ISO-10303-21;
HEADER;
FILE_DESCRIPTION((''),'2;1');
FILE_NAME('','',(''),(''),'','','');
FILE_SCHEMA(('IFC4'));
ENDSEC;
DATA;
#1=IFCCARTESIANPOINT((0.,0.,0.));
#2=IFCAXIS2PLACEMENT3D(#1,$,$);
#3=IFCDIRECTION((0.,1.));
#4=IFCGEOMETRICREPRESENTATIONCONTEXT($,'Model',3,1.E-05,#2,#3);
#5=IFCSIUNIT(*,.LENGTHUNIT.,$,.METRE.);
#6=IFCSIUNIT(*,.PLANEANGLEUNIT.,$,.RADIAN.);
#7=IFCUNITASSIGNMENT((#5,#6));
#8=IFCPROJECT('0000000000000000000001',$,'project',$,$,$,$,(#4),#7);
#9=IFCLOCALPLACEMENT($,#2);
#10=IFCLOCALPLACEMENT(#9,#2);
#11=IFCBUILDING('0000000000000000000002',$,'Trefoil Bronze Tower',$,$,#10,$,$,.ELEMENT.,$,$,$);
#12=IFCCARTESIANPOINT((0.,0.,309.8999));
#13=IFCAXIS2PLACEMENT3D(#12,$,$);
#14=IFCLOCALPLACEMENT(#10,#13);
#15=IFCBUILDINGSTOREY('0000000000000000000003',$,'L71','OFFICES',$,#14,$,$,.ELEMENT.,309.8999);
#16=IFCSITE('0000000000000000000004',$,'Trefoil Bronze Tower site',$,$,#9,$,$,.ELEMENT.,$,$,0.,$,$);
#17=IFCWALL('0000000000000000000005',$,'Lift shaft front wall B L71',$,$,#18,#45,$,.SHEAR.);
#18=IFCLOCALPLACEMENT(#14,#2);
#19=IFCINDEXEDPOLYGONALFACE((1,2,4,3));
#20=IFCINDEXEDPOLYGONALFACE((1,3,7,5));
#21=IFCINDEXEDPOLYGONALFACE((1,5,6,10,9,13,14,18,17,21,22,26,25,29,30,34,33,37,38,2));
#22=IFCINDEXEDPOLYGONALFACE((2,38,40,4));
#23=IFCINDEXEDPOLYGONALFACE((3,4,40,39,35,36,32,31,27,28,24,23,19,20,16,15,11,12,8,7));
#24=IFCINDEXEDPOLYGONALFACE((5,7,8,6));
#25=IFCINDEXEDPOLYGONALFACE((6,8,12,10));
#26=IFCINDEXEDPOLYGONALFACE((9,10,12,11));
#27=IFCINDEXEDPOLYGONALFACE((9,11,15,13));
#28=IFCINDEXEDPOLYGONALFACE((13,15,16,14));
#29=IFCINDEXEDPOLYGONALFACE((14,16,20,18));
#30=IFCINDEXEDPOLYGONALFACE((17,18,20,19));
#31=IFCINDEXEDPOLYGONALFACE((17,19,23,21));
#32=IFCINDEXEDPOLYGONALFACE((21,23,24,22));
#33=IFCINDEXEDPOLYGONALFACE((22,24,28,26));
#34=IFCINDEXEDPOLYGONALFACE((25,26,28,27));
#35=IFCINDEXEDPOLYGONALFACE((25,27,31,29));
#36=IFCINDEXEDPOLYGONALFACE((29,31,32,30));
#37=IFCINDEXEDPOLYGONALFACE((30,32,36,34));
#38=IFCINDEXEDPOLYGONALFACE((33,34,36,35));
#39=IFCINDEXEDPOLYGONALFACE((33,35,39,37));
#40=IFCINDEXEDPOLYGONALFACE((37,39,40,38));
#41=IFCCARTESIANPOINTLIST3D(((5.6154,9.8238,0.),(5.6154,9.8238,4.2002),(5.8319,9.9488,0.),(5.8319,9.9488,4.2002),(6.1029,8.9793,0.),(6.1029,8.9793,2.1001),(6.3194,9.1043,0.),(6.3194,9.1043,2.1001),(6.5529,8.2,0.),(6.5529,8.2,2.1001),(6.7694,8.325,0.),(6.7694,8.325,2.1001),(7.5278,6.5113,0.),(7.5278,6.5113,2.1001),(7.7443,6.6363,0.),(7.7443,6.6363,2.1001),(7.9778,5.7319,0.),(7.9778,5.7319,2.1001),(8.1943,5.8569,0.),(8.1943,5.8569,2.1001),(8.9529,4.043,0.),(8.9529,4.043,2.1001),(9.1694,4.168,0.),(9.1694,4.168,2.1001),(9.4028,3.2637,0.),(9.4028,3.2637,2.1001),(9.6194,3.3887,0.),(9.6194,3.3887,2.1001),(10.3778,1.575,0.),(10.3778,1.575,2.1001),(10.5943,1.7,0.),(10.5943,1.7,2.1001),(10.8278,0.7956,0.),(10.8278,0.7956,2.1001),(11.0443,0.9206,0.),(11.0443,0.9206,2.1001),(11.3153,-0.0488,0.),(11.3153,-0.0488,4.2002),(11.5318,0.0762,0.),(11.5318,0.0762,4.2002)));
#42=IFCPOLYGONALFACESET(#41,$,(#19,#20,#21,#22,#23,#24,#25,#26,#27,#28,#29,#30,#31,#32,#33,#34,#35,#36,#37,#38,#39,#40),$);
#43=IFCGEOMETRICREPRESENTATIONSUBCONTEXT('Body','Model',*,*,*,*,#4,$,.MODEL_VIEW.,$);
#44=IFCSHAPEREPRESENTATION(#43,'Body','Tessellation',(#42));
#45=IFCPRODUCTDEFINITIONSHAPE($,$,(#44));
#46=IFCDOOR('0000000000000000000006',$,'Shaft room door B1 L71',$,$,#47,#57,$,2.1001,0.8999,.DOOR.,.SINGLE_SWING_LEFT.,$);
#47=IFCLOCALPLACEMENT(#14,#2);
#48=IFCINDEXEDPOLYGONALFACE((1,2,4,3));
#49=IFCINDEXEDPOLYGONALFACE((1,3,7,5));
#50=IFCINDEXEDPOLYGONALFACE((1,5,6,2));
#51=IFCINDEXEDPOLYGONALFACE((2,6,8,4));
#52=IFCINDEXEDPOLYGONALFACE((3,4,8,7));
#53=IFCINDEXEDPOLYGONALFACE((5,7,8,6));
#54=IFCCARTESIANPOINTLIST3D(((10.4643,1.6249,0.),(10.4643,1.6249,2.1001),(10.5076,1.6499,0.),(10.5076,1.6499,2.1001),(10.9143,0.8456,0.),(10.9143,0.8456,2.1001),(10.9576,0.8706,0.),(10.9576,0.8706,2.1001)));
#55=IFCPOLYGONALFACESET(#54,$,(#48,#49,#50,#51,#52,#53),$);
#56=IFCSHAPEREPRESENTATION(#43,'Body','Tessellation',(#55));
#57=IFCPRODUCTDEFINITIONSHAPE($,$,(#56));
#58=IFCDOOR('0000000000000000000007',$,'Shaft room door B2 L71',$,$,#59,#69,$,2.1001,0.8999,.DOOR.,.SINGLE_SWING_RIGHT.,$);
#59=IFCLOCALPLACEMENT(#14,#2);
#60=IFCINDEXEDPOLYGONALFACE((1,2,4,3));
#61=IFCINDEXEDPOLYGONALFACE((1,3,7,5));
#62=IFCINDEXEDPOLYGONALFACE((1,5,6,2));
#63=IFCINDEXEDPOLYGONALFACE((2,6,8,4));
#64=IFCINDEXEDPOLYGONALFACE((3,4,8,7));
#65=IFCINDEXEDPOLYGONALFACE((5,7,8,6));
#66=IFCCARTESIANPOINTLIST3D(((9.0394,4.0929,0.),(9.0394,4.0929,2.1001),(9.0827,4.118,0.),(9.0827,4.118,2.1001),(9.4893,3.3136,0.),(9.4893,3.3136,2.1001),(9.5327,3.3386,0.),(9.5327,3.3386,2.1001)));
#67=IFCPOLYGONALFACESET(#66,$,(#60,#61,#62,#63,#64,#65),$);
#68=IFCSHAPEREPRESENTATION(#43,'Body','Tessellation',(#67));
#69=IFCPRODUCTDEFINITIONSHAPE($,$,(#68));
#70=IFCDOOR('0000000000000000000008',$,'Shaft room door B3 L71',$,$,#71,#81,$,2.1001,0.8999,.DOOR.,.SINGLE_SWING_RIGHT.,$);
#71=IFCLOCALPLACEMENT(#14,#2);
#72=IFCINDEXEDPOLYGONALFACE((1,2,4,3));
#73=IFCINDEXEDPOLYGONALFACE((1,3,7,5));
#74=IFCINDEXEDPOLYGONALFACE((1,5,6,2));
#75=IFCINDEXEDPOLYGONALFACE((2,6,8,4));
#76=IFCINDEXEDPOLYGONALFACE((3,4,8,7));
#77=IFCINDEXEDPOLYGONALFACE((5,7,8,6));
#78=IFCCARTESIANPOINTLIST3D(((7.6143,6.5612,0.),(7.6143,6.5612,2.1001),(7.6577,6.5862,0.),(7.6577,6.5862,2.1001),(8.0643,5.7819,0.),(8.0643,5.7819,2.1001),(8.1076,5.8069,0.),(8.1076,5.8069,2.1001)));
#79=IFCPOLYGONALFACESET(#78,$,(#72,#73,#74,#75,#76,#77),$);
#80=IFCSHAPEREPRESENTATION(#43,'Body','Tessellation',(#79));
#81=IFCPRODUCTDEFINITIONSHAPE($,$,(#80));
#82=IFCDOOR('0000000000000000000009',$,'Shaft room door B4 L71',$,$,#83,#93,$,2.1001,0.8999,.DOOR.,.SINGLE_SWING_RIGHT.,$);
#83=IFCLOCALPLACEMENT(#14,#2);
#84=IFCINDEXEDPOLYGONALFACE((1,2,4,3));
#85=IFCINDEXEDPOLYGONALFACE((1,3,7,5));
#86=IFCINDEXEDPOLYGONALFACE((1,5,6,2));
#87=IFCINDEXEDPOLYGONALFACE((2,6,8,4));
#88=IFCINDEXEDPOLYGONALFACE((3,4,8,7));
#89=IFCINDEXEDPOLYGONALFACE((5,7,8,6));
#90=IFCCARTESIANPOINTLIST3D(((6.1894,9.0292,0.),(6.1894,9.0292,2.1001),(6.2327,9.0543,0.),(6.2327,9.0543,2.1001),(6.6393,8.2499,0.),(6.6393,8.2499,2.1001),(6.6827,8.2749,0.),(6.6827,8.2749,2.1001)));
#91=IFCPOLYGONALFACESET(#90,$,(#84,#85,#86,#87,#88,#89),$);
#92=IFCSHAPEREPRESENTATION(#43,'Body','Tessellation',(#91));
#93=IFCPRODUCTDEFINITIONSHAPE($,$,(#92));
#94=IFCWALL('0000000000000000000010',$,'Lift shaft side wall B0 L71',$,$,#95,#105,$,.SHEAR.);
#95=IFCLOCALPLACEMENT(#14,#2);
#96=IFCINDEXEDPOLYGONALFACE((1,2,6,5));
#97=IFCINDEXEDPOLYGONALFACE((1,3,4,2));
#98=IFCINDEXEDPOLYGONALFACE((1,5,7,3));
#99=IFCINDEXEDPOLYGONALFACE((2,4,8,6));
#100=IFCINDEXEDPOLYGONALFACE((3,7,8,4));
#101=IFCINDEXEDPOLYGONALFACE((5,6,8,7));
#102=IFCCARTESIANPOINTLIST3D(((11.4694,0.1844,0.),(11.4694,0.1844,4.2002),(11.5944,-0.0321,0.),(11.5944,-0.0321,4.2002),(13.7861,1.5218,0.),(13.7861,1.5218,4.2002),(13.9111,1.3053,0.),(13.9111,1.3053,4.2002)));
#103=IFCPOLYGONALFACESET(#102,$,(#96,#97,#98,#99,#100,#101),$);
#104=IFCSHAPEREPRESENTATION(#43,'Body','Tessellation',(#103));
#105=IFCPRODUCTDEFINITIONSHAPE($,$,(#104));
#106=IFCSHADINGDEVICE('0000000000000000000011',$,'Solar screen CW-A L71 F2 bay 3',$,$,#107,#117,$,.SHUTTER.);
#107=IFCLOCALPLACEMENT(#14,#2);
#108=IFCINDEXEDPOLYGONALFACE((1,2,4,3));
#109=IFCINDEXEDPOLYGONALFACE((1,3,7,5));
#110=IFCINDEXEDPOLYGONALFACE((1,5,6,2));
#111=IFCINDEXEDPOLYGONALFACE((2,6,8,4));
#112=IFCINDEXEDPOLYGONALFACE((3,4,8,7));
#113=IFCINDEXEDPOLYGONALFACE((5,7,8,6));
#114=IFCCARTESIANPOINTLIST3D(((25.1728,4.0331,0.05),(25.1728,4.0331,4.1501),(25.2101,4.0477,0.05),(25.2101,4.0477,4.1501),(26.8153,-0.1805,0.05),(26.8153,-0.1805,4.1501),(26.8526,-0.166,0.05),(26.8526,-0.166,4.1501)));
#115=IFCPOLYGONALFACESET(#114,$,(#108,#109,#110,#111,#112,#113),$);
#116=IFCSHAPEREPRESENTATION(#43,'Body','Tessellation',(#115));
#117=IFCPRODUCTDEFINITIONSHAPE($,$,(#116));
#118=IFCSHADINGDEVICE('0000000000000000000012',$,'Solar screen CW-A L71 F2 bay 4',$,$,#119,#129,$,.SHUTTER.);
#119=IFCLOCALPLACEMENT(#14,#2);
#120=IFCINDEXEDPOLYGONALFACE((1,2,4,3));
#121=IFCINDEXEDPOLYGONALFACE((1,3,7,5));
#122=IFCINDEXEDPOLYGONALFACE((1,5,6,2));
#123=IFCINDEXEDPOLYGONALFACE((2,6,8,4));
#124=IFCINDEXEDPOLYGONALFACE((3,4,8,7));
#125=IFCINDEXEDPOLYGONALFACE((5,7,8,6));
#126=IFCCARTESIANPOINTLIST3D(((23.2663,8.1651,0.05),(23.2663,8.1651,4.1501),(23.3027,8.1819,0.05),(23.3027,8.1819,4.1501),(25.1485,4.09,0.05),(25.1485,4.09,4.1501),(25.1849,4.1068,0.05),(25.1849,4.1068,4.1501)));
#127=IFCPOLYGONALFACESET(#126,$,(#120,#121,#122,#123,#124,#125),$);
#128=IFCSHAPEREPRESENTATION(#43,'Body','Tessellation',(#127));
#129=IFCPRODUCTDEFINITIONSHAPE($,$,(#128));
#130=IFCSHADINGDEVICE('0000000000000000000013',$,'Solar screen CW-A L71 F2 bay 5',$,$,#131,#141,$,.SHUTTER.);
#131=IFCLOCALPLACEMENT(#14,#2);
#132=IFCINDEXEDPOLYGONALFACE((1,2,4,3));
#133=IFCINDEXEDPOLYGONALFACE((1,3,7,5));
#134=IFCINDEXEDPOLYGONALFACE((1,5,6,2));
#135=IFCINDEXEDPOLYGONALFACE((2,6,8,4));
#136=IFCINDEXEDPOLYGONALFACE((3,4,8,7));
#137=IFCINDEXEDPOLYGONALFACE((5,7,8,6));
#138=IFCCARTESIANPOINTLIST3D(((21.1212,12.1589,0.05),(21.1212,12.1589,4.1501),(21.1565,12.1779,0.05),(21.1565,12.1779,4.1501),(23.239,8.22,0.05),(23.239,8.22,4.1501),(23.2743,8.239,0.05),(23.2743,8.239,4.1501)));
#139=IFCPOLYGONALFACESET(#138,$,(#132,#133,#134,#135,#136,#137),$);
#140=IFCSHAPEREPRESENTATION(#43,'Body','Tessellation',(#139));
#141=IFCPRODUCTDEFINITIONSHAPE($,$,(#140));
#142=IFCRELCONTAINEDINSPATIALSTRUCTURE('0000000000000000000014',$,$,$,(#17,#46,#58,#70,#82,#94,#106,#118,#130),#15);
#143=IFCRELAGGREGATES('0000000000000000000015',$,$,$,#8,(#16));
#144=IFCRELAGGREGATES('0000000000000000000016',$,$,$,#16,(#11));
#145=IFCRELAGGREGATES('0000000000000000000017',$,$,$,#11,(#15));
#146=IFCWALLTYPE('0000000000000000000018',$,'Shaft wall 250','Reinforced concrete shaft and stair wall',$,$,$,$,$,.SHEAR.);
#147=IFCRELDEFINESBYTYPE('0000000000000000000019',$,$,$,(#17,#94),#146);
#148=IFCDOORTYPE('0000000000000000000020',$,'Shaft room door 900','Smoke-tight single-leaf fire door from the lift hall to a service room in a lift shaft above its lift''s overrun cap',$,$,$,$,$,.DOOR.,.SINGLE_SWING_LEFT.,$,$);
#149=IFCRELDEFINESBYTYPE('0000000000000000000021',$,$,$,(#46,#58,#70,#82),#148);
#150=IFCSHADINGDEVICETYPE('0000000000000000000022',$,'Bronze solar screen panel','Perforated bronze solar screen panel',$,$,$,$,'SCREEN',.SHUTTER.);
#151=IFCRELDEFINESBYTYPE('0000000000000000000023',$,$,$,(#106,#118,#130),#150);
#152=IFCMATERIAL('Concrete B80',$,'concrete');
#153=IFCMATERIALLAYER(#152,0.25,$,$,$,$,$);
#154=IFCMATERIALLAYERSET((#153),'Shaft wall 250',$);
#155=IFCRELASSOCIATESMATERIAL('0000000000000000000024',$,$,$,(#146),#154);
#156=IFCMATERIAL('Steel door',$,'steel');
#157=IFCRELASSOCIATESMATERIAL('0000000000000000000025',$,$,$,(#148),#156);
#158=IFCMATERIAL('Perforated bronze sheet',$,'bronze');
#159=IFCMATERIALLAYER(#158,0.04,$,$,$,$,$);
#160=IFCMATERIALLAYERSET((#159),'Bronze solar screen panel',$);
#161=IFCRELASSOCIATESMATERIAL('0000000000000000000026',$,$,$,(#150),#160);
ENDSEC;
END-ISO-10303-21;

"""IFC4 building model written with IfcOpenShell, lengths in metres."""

from ifc_helpers import new_model, si_unit, direction, frame, frame_2d, origin, origin_2d, place, context, subcontext, project, spatial, rectangle, extrude, material, layer, layer_set, type_object, element, fill, save


model = new_model("IFC4")

# Units and contexts
model_context = context("Model", 3, precision=1e-05, world=origin(), true_north=direction((0.0, 1.0)))
body_context = subcontext(model_context, "Body", "Model", "MODEL_VIEW")
ifc_project = project(units=[si_unit("LENGTHUNIT", "METRE"), si_unit("PLANEANGLEUNIT", "RADIAN")], contexts=[model_context])

# Site, building, storey
site_placement = place(None, origin())
site = spatial("IfcSite", under=ifc_project, at=site_placement, Name="Trefoil Bronze Tower site", CompositionType="ELEMENT", RefElevation=0.0)
building_placement = place(site_placement, origin())
building = spatial("IfcBuilding", under=site, at=building_placement, Name="Trefoil Bronze Tower", CompositionType="ELEMENT")
storey_placement = place(building_placement, frame((0.0, 0.0, 309.8999)))
storey = spatial("IfcBuildingStorey", under=building, at=storey_placement, Name="L71", Description="OFFICES", CompositionType="ELEMENT", Elevation=309.8999)

# Wall, openings, doors
ifc_material_1 = material(Name="Concrete B80", Category="concrete")
ifc_layer_1 = layer(ifc_material_1, 0.25)
ifc_layer_set_1 = layer_set([ifc_layer_1], Name="Shaft wall 250")
wall_type_1 = type_object("IfcWallType", Name="Shaft wall 250", Description="Reinforced concrete shaft and stair wall", PredefinedType="SHEAR", material=ifc_layer_set_1)
wall_1_placement = place(storey_placement, frame((11.4236, 0.0137, 0.0), z_axis=(0.0, 0.0, 1.0), x_axis=(-0.500002, 0.866024, 0.0)))
wall_1 = element("IfcWall", 1, at=wall_1_placement, inside=storey, type_object=wall_type_1, Name="Lift shaft front wall B L71", PredefinedType="SHEAR", context=body_context, shape_type="SweptSolid", body=[
    extrude(rectangle(XDim=11.3999, YDim=0.25, at=frame_2d((5.7, 0.0))), origin(), (0.0, 0.0, 1.0), 4.2002),
])
opening_1_placement = place(wall_1_placement, frame((0.9751, 0.0, 0.0)))
opening_1 = element("IfcOpeningElement", 2, at=opening_1_placement, cuts=wall_1, PredefinedType="OPENING", context=body_context, shape_type="SweptSolid", body=[
    extrude(rectangle(XDim=0.8999, YDim=2.1001, at=frame_2d((0.45, 1.05))), frame((0.0, 0.135, 0.0), z_axis=(0.0, -1.0, 0.0), x_axis=(1.0, 0.0, 0.0)), (0.0, 0.0, 1.0), 0.27),
])
opening_2_placement = place(wall_1_placement, frame((3.825, 0.0, 0.0)))
opening_2 = element("IfcOpeningElement", 3, at=opening_2_placement, cuts=wall_1, PredefinedType="OPENING", context=body_context, shape_type="SweptSolid", body=[
    extrude(rectangle(XDim=0.8999, YDim=2.1001, at=frame_2d((0.45, 1.05))), frame((0.0, 0.135, 0.0), z_axis=(0.0, -1.0, 0.0), x_axis=(1.0, 0.0, 0.0)), (0.0, 0.0, 1.0), 0.27),
])
opening_3_placement = place(wall_1_placement, frame((6.675, 0.0, 0.0)))
opening_3 = element("IfcOpeningElement", 4, at=opening_3_placement, cuts=wall_1, PredefinedType="OPENING", context=body_context, shape_type="SweptSolid", body=[
    extrude(rectangle(XDim=0.8999, YDim=2.1001, at=frame_2d((0.45, 1.05))), frame((0.0, 0.135, 0.0), z_axis=(0.0, -1.0, 0.0), x_axis=(1.0, 0.0, 0.0)), (0.0, 0.0, 1.0), 0.27),
])
opening_4_placement = place(wall_1_placement, frame((9.5249, 0.0, 0.0)))
opening_4 = element("IfcOpeningElement", 5, at=opening_4_placement, cuts=wall_1, PredefinedType="OPENING", context=body_context, shape_type="SweptSolid", body=[
    extrude(rectangle(XDim=0.8999, YDim=2.1001, at=frame_2d((0.45, 1.05))), frame((0.0, 0.135, 0.0), z_axis=(0.0, -1.0, 0.0), x_axis=(1.0, 0.0, 0.0)), (0.0, 0.0, 1.0), 0.27),
])
ifc_material_2 = material(Name="Steel door", Category="steel")
door_type_1 = type_object("IfcDoorType", Name="Shaft room door 900", Description="Smoke-tight single-leaf fire door from the lift hall to a service room in a lift shaft above its lift's overrun cap", OperationType="SINGLE_SWING_LEFT", PredefinedType="DOOR", material=ifc_material_2)
door_1_placement = place(opening_1_placement, frame((0.8999, 0.0, 0.0), z_axis=(0.0, 0.0, 1.0), x_axis=(-1.0, 0.0, 0.0)))
door_1 = element("IfcDoor", 6, at=door_1_placement, inside=storey, type_object=door_type_1, Name="Shaft room door B1 L71", OperationType="SINGLE_SWING_LEFT", OverallHeight=2.1001, OverallWidth=0.8999, PredefinedType="DOOR", context=body_context, shape_type="SweptSolid", body=[
    extrude(rectangle(XDim=0.8999, YDim=2.1001, at=frame_2d((0.45, 1.05))), frame((0.0, 0.0249, 0.0), z_axis=(0.0, -1.0, 0.0), x_axis=(1.0, 0.0, 0.0)), (0.0, 0.0, 1.0), 0.05),
])
fill(opening_1, door_1)
door_2_placement = place(opening_2_placement, frame((0.8999, 0.0, 0.0), z_axis=(0.0, 0.0, 1.0), x_axis=(-1.0, 0.0, 0.0)))
door_2 = element("IfcDoor", 7, at=door_2_placement, inside=storey, type_object=door_type_1, Name="Shaft room door B2 L71", OperationType="SINGLE_SWING_RIGHT", OverallHeight=2.1001, OverallWidth=0.8999, PredefinedType="DOOR", context=body_context, shape_type="SweptSolid", body=[
    extrude(rectangle(XDim=0.8999, YDim=2.1001, at=frame_2d((0.45, 1.05))), frame((0.0, 0.0249, 0.0), z_axis=(0.0, -1.0, 0.0), x_axis=(1.0, 0.0, 0.0)), (0.0, 0.0, 1.0), 0.05),
])
fill(opening_2, door_2)
door_3_placement = place(opening_3_placement, frame((0.8999, 0.0, 0.0), z_axis=(0.0, 0.0, 1.0), x_axis=(-1.0, 0.0, 0.0)))
door_3 = element("IfcDoor", 8, at=door_3_placement, inside=storey, type_object=door_type_1, Name="Shaft room door B3 L71", OperationType="SINGLE_SWING_RIGHT", OverallHeight=2.1001, OverallWidth=0.8999, PredefinedType="DOOR", context=body_context, shape_type="SweptSolid", body=[
    extrude(rectangle(XDim=0.8999, YDim=2.1001, at=frame_2d((0.45, 1.05))), frame((0.0, 0.0249, 0.0), z_axis=(0.0, -1.0, 0.0), x_axis=(1.0, 0.0, 0.0)), (0.0, 0.0, 1.0), 0.05),
])
fill(opening_3, door_3)
door_4_placement = place(opening_4_placement, frame((0.8999, 0.0, 0.0), z_axis=(0.0, 0.0, 1.0), x_axis=(-1.0, 0.0, 0.0)))
door_4 = element("IfcDoor", 9, at=door_4_placement, inside=storey, type_object=door_type_1, Name="Shaft room door B4 L71", OperationType="SINGLE_SWING_RIGHT", OverallHeight=2.1001, OverallWidth=0.8999, PredefinedType="DOOR", context=body_context, shape_type="SweptSolid", body=[
    extrude(rectangle(XDim=0.8999, YDim=2.1001, at=frame_2d((0.45, 1.05))), frame((0.0, 0.0249, 0.0), z_axis=(0.0, -1.0, 0.0), x_axis=(1.0, 0.0, 0.0)), (0.0, 0.0, 1.0), 0.05),
])
fill(opening_4, door_4)

# Wall
wall_2_placement = place(storey_placement, frame((11.532, 0.0762, 0.0), z_axis=(0.0, 0.0, 1.0), x_axis=(0.866044, 0.499967, 0.0)))
element("IfcWall", 10, at=wall_2_placement, inside=storey, type_object=wall_type_1, Name="Lift shaft side wall B0 L71", PredefinedType="SHEAR", context=body_context, shape_type="SweptSolid", body=[
    extrude(rectangle(XDim=2.675, YDim=0.25, at=frame_2d((1.3374, 0.0))), origin(), (0.0, 0.0, 1.0), 4.2002),
])

# Shading devices
ifc_material_3 = material(Name="Perforated bronze sheet", Category="bronze")
ifc_layer_2 = layer(ifc_material_3, 0.04)
ifc_layer_set_2 = layer_set([ifc_layer_2], Name="Bronze solar screen panel")
shading_device_type = type_object("IfcShadingDeviceType", Name="Bronze solar screen panel", Description="Perforated bronze solar screen panel", ElementType="SCREEN", PredefinedType="SHUTTER", material=ifc_layer_set_2)
shading_device_1_placement = place(storey_placement, frame((26.0127, 1.9336, 0.05), z_axis=(0.0, 0.0, 1.0), x_axis=(-0.363199, 0.931712, 0.0)))
element("IfcShadingDevice", 11, at=shading_device_1_placement, inside=storey, type_object=shading_device_type, Name="Solar screen CW-A L71 F2 bay 3", PredefinedType="SHUTTER", context=body_context, shape_type="SweptSolid", body=[
    extrude(rectangle(XDim=4.5225, YDim=0.04, at=origin_2d()), origin(), (0.0, 0.0, 1.0), 4.1001),
])
shading_device_2_placement = place(storey_placement, frame((24.2256, 6.136, 0.05), z_axis=(0.0, 0.0, 1.0), x_axis=(-0.419309, 0.907844, 0.0)))
element("IfcShadingDevice", 12, at=shading_device_2_placement, inside=storey, type_object=shading_device_type, Name="Solar screen CW-A L71 F2 bay 4", PredefinedType="SHUTTER", context=body_context, shape_type="SweptSolid", body=[
    extrude(rectangle(XDim=4.4888, YDim=0.04, at=origin_2d()), origin(), (0.0, 0.0, 1.0), 4.1001),
])
shading_device_3_placement = place(storey_placement, frame((22.1978, 10.199, 0.05), z_axis=(0.0, 0.0, 1.0), x_axis=(-0.473562, 0.88076, 0.0)))
element("IfcShadingDevice", 13, at=shading_device_3_placement, inside=storey, type_object=shading_device_type, Name="Solar screen CW-A L71 F2 bay 5", PredefinedType="SHUTTER", context=body_context, shape_type="SweptSolid", body=[
    extrude(rectangle(XDim=4.4722, YDim=0.04, at=origin_2d()), origin(), (0.0, 0.0, 1.0), 4.1001),
])

save(model, "model.ifc")
